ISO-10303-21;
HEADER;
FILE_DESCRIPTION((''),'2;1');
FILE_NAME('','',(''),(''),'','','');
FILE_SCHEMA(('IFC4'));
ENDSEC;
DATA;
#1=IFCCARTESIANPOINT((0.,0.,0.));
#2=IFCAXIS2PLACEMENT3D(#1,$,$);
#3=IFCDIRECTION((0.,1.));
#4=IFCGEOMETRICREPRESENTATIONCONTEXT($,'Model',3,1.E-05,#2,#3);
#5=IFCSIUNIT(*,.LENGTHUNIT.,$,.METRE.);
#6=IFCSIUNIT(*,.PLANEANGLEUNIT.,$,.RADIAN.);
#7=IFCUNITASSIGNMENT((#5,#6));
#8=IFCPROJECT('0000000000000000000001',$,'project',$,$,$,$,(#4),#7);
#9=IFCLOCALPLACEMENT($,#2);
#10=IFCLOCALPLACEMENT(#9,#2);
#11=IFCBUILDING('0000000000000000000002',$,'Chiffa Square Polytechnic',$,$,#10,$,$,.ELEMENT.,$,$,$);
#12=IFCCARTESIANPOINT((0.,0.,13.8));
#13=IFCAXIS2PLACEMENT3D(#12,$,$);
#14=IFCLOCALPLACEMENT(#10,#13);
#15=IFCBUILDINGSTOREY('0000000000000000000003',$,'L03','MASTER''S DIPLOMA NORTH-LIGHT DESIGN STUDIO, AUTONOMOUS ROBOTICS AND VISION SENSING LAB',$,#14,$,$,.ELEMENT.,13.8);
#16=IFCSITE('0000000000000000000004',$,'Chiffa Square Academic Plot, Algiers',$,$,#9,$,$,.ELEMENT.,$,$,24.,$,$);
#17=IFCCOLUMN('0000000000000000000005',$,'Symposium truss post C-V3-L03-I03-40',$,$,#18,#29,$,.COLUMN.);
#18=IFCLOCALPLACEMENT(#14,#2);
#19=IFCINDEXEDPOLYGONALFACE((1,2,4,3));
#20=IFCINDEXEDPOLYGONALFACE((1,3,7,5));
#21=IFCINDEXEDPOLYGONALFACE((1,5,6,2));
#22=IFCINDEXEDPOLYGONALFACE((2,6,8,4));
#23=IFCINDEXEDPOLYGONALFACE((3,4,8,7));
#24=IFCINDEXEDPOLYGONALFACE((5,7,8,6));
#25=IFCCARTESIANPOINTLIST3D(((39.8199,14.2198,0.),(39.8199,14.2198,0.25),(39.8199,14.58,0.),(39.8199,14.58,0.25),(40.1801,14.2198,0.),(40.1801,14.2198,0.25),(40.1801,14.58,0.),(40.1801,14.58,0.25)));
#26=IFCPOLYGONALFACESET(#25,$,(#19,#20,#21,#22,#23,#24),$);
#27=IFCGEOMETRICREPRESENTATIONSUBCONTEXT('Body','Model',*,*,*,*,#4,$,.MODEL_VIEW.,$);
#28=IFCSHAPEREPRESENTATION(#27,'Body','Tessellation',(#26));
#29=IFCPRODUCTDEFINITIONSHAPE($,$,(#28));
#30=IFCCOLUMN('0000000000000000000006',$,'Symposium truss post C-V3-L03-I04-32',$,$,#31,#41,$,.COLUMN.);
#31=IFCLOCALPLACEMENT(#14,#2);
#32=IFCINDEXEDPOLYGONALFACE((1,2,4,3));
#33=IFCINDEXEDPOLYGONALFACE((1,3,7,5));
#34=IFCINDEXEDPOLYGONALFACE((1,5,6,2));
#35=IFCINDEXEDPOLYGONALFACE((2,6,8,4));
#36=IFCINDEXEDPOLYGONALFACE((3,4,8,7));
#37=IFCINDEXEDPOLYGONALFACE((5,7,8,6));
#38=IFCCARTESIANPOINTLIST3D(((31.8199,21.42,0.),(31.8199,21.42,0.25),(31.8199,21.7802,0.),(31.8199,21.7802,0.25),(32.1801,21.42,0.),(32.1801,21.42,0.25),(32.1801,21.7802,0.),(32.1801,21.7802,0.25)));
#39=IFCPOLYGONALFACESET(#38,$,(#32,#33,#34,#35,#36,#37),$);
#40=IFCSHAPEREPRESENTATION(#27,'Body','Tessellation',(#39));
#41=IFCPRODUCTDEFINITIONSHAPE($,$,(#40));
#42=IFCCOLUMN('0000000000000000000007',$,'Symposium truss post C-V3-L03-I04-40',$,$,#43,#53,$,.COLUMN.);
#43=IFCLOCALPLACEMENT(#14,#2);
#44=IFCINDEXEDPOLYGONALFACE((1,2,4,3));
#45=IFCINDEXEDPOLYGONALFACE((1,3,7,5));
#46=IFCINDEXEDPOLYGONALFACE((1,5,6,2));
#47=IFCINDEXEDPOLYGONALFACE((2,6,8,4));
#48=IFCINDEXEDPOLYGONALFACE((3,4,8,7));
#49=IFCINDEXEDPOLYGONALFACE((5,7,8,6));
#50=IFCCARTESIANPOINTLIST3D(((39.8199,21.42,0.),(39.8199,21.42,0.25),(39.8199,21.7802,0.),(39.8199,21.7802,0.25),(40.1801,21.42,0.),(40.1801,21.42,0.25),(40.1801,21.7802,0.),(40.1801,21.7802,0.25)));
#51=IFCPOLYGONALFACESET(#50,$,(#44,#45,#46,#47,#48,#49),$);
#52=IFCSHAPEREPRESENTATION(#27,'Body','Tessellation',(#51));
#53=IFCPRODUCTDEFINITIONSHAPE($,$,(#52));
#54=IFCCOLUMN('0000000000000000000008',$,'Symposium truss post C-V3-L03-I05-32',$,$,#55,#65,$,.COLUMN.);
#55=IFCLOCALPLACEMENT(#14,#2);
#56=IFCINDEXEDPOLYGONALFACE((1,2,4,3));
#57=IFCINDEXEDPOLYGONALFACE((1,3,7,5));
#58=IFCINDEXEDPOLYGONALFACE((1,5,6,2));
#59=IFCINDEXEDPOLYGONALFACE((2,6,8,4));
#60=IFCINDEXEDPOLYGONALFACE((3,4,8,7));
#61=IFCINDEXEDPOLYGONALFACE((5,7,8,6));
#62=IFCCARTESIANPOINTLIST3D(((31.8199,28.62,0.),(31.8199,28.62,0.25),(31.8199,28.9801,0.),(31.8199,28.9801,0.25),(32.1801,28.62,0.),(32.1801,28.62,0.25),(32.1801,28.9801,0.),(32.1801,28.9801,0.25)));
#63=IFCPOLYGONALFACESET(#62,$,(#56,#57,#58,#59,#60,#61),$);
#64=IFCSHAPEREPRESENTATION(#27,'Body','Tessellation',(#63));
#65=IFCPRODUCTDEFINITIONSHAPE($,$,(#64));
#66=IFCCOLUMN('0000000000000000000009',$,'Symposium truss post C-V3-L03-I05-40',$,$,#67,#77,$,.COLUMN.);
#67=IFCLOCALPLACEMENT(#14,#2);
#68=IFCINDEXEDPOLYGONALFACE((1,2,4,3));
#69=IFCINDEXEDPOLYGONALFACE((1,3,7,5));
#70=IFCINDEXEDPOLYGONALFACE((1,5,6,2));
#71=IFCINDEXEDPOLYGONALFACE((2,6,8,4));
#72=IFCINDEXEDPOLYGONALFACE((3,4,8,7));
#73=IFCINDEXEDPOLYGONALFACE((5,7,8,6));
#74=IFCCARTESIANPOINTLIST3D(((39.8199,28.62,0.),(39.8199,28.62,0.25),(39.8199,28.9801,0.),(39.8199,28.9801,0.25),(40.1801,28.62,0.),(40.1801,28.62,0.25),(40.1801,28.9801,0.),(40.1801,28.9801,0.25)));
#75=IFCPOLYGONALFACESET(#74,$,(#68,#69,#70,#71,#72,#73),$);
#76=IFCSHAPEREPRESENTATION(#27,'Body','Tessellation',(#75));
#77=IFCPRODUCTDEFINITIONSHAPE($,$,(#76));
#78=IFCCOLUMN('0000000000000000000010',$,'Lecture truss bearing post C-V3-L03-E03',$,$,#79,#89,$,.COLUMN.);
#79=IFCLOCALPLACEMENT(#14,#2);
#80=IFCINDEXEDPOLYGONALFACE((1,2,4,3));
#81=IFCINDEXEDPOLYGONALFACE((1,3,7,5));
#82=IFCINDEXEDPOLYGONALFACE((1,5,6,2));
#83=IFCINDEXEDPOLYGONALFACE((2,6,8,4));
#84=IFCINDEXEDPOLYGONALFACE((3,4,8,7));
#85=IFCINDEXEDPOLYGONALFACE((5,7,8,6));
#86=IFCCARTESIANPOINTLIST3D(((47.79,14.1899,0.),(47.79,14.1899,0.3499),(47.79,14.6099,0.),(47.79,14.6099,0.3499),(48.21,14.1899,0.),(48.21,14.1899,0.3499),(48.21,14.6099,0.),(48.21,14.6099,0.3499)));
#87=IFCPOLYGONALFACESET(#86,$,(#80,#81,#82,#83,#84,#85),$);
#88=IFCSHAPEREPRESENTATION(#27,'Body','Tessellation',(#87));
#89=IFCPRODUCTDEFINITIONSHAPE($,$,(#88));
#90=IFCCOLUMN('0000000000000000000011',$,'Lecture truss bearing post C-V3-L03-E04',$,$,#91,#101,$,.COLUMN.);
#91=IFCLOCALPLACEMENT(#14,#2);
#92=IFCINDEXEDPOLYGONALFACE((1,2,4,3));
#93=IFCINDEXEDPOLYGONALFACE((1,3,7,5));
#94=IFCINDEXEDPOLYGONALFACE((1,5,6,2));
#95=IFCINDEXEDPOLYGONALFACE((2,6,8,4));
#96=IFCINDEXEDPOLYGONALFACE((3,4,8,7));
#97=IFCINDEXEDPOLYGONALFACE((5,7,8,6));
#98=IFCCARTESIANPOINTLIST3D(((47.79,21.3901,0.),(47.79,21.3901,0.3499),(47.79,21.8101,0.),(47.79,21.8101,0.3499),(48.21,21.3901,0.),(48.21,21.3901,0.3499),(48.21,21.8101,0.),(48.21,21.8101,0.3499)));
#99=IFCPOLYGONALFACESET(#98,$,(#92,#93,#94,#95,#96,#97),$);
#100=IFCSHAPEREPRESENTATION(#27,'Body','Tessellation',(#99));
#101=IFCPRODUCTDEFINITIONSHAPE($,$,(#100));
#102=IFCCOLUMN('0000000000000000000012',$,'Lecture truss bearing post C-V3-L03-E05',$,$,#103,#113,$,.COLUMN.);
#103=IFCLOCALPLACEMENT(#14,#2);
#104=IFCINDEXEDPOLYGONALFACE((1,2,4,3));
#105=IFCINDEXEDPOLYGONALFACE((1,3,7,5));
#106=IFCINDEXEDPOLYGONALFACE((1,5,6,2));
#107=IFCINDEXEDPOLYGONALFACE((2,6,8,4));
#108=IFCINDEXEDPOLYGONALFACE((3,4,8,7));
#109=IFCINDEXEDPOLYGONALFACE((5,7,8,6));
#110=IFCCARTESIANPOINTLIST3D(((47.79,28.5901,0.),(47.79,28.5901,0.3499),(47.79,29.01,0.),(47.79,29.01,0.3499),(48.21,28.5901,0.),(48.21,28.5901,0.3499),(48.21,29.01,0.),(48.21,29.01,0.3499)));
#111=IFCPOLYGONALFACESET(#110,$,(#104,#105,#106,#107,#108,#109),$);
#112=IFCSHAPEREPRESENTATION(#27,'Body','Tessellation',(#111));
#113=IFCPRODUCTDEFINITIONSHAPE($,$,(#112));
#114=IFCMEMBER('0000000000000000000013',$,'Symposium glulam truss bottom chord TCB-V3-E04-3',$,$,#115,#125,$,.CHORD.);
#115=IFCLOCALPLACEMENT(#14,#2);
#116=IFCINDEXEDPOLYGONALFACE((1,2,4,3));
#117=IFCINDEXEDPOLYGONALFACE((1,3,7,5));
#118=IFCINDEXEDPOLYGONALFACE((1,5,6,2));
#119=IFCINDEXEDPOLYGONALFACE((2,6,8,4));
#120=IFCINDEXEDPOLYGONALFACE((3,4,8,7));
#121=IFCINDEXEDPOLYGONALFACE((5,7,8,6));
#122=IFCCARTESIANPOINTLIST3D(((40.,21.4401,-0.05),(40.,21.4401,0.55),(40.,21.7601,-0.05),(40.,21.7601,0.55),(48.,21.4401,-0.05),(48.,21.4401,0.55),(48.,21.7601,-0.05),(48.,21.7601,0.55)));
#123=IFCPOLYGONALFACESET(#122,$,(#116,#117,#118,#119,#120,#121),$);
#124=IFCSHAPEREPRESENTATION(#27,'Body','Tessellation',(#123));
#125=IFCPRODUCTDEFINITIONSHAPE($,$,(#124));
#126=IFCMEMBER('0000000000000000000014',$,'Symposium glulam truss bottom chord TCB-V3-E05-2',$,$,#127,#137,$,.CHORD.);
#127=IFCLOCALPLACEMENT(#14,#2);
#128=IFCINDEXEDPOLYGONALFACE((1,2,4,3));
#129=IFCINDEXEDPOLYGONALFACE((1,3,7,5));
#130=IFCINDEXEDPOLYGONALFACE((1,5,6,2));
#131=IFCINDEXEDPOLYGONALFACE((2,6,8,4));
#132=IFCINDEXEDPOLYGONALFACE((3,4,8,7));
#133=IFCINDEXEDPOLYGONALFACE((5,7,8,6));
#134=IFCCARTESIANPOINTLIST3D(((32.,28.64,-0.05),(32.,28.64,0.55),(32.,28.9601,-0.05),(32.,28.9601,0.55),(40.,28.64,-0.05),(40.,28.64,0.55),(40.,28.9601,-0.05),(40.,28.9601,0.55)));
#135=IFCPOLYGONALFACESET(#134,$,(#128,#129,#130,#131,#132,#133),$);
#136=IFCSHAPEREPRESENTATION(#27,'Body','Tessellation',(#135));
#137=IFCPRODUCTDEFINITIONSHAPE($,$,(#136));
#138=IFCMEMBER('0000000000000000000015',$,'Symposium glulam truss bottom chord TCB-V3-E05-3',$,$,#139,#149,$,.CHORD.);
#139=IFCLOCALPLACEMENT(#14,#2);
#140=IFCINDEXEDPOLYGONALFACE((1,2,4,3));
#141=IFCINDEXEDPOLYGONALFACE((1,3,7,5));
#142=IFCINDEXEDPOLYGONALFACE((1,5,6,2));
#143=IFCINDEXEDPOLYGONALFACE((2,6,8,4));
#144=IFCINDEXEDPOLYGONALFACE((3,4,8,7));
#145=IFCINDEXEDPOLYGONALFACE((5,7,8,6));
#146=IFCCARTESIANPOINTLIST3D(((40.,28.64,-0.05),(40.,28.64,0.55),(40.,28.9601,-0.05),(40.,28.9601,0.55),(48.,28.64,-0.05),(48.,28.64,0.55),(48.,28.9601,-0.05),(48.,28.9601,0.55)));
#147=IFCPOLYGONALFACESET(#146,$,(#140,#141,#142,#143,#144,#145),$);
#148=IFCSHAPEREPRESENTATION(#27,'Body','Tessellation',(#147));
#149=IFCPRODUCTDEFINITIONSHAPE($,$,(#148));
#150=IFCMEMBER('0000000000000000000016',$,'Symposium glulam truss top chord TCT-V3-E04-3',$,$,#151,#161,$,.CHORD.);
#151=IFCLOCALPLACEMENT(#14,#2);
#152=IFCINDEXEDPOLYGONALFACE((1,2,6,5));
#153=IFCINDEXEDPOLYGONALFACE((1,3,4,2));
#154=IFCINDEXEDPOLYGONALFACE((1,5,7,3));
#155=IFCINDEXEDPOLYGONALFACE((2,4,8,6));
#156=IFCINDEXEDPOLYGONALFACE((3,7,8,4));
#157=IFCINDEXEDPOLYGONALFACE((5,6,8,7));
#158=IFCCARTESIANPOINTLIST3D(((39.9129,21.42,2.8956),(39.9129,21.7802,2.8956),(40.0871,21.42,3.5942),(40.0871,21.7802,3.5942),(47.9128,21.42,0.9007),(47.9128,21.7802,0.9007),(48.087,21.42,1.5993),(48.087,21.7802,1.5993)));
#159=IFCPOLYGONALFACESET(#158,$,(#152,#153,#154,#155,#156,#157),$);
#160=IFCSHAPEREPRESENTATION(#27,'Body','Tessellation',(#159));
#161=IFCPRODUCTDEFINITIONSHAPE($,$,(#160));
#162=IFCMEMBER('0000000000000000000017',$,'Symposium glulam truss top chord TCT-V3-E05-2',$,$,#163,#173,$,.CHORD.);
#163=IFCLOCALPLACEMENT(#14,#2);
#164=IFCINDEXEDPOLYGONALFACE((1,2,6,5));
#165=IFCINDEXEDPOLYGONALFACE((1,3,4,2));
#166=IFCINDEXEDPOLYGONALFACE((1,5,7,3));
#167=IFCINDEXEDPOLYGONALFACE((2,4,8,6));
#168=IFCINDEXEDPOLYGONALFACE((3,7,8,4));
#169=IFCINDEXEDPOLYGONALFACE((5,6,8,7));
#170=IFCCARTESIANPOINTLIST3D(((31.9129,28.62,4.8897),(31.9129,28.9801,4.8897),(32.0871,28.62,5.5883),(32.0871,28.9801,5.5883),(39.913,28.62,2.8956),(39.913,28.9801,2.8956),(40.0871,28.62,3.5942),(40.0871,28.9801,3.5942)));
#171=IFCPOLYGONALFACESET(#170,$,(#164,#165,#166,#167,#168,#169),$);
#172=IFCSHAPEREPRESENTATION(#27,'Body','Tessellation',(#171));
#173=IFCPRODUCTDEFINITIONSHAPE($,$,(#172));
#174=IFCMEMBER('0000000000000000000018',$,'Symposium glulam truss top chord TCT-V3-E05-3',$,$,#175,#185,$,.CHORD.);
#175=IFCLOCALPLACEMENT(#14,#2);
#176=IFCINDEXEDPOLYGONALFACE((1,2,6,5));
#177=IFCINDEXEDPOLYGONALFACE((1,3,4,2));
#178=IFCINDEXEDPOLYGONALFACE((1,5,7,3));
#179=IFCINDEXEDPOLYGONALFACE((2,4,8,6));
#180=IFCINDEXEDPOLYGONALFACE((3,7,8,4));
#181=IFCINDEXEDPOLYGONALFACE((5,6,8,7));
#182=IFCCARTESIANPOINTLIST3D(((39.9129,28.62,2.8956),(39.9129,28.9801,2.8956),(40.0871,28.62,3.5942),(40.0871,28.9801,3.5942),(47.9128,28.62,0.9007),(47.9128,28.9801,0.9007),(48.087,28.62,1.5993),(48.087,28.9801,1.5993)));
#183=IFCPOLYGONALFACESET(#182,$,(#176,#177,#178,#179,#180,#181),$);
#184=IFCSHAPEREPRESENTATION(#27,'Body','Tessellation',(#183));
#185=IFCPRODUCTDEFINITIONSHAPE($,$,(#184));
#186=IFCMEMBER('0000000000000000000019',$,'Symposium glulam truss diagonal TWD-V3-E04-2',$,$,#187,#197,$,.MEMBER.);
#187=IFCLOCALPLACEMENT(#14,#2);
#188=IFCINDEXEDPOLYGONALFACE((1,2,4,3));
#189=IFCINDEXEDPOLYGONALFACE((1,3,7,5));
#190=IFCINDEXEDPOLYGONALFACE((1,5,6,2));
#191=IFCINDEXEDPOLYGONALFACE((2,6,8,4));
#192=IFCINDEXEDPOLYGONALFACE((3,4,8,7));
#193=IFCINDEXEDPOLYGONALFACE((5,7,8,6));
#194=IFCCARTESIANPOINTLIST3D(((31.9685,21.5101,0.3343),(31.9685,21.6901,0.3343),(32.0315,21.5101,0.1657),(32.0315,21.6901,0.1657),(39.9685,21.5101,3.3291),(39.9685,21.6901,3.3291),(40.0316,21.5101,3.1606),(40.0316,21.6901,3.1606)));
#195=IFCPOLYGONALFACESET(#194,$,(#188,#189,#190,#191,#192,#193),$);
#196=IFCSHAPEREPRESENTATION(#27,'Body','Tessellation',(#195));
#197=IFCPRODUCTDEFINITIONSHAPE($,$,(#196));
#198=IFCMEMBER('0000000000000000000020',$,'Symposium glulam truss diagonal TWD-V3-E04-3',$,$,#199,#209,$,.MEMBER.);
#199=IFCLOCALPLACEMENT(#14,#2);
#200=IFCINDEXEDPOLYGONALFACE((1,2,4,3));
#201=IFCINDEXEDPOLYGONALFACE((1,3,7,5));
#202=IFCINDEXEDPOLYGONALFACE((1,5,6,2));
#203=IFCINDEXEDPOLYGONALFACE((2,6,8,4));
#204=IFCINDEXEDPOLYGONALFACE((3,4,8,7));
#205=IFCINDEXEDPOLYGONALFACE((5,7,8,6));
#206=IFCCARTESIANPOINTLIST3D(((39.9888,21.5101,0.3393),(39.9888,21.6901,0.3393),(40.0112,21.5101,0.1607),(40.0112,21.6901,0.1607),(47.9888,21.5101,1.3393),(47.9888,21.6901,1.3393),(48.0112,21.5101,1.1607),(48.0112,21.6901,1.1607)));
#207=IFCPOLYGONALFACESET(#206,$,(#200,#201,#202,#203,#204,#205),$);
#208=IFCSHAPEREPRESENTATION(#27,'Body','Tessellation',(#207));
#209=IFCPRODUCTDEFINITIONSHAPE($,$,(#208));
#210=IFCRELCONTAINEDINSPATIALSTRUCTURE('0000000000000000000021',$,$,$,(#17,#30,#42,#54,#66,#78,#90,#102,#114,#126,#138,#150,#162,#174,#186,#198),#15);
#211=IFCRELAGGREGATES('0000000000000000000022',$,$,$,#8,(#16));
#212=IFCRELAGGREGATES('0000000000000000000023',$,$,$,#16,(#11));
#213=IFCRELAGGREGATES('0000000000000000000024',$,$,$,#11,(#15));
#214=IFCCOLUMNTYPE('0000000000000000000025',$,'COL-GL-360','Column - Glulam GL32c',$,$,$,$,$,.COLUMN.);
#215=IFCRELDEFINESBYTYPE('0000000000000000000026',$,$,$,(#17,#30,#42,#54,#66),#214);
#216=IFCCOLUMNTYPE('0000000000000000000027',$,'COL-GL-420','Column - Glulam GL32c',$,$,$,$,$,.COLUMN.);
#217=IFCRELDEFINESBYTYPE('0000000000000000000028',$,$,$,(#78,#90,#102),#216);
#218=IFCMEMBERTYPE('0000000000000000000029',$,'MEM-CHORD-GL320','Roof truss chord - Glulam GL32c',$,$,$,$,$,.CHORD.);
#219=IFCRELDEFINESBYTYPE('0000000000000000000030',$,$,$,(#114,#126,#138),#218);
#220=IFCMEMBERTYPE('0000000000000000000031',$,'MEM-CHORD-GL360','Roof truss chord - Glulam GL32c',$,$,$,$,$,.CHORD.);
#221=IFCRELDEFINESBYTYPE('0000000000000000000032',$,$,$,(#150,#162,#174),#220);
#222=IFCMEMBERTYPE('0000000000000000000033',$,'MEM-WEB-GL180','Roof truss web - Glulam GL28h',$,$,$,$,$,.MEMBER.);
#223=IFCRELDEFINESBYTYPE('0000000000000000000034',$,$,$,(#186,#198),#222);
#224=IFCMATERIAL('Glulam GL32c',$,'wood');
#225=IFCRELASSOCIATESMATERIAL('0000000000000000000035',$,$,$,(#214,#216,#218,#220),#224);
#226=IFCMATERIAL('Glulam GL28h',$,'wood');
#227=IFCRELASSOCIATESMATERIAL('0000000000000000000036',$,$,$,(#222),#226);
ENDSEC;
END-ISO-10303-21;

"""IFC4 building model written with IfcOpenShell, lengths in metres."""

from ifc_helpers import new_model, si_unit, direction, frame, origin, origin_2d, place, context, subcontext, project, spatial, rectangle, extrude, material, material_profile, profile_set, type_object, element, save


model = new_model("IFC4")

# Units and contexts
model_context = context("Model", 3, precision=1e-05, world=origin(), true_north=direction((0.0, 1.0)))
body_context = subcontext(model_context, "Body", "Model", "MODEL_VIEW")
ifc_project = project(units=[si_unit("LENGTHUNIT", "METRE"), si_unit("PLANEANGLEUNIT", "RADIAN")], contexts=[model_context])

# Site, building, storey
site_placement = place(None, origin())
site = spatial("IfcSite", under=ifc_project, at=site_placement, Name="Chiffa Square Academic Plot, Algiers", CompositionType="ELEMENT", RefElevation=24.0)
building_placement = place(site_placement, origin())
building = spatial("IfcBuilding", under=site, at=building_placement, Name="Chiffa Square Polytechnic", CompositionType="ELEMENT")
storey_placement = place(building_placement, frame((0.0, 0.0, 13.8)))
storey = spatial("IfcBuildingStorey", under=building, at=storey_placement, Name="L03", Description="MASTER'S DIPLOMA NORTH-LIGHT DESIGN STUDIO, AUTONOMOUS ROBOTICS AND VISION SENSING LAB", CompositionType="ELEMENT", Elevation=13.8)

# Columns
ifc_material_1 = material(Name="Glulam GL32c", Category="wood")
ifc_material_profile_1 = material_profile(ifc_material_1, rectangle(XDim=0.3601, YDim=0.3601, at=origin_2d()), Name="GL32c 360x360")
ifc_profile_set_1 = profile_set([ifc_material_profile_1], Name="Glulam GL32c")
column_type_1 = type_object("IfcColumnType", Name="COL-GL-360", Description="Column - Glulam GL32c", PredefinedType="COLUMN", material=ifc_profile_set_1)
for number, where, z_axis, x_axis, name in (
    (1, (40.0, 14.3999, 0.0), (0.0, 0.0, 1.0), (1.0, 0.0, 0.0), "Symposium truss post C-V3-L03-I03-40"),
    (2, (32.0, 21.6001, 0.0), (0.0, 0.0, 1.0), (1.0, 0.0, 0.0), "Symposium truss post C-V3-L03-I04-32"),
    (3, (40.0, 21.6001, 0.0), (0.0, 0.0, 1.0), (1.0, 0.0, 0.0), "Symposium truss post C-V3-L03-I04-40"),
    (4, (32.0, 28.8, 0.0), (0.0, 0.0, 1.0), (1.0, 0.0, 0.0), "Symposium truss post C-V3-L03-I05-32"),
    (5, (40.0, 28.8, 0.0), (0.0, 0.0, 1.0), (1.0, 0.0, 0.0), "Symposium truss post C-V3-L03-I05-40"),
):
    element("IfcColumn", number, at=place(storey_placement, frame(where, z_axis=z_axis, x_axis=x_axis)), inside=storey, type_object=column_type_1, Name=name, PredefinedType="COLUMN", context=body_context, shape_type="SweptSolid", body=[
        extrude(rectangle(XDim=0.3601, YDim=0.3601, at=origin_2d()), origin(), (0.0, 0.0, 1.0), 0.25),
    ])
ifc_material_profile_2 = material_profile(ifc_material_1, rectangle(XDim=0.4199, YDim=0.4199, at=origin_2d()), Name="GL32c 420x420")
ifc_profile_set_2 = profile_set([ifc_material_profile_2], Name="Glulam GL32c")
column_type_2 = type_object("IfcColumnType", Name="COL-GL-420", Description="Column - Glulam GL32c", PredefinedType="COLUMN", material=ifc_profile_set_2)
for number, where, z_axis, x_axis, name in (
    (6, (48.0, 14.3999, 0.0), (0.0, 0.0, 1.0), (1.0, 0.0, 0.0), "Lecture truss bearing post C-V3-L03-E03"),
    (7, (48.0, 21.6001, 0.0), (0.0, 0.0, 1.0), (1.0, 0.0, 0.0), "Lecture truss bearing post C-V3-L03-E04"),
    (8, (48.0, 28.8, 0.0), (0.0, 0.0, 1.0), (1.0, 0.0, 0.0), "Lecture truss bearing post C-V3-L03-E05"),
):
    element("IfcColumn", number, at=place(storey_placement, frame(where, z_axis=z_axis, x_axis=x_axis)), inside=storey, type_object=column_type_2, Name=name, PredefinedType="COLUMN", context=body_context, shape_type="SweptSolid", body=[
        extrude(rectangle(XDim=0.4199, YDim=0.4199, at=origin_2d()), origin(), (0.0, 0.0, 1.0), 0.3499),
    ])

# Members
ifc_material_profile_3 = material_profile(ifc_material_1, rectangle(XDim=0.3201, YDim=0.6001, at=origin_2d()), Name="GL32c 320x600")
ifc_profile_set_3 = profile_set([ifc_material_profile_3], Name="Glulam GL32c")
member_type_1 = type_object("IfcMemberType", Name="MEM-CHORD-GL320", Description="Roof truss chord - Glulam GL32c", PredefinedType="CHORD", material=ifc_profile_set_3)
for number, where, z_axis, x_axis, name in (
    (9, (40.0, 21.6001, 0.25), (1.0, 0.0, 0.0), (0.0, 1.0, 0.0), "Symposium glulam truss bottom chord TCB-V3-E04-3"),
    (10, (32.0, 28.8, 0.25), (1.0, 0.0, 0.0), (0.0, 1.0, 0.0), "Symposium glulam truss bottom chord TCB-V3-E05-2"),
    (11, (40.0, 28.8, 0.25), (1.0, 0.0, 0.0), (0.0, 1.0, 0.0), "Symposium glulam truss bottom chord TCB-V3-E05-3"),
):
    element("IfcMember", number, at=place(storey_placement, frame(where, z_axis=z_axis, x_axis=x_axis)), inside=storey, type_object=member_type_1, Name=name, PredefinedType="CHORD", context=body_context, shape_type="SweptSolid", body=[
        extrude(rectangle(XDim=0.3201, YDim=0.6001, at=origin_2d()), origin(), (0.0, 0.0, 1.0), 8.0),
    ])
ifc_material_profile_4 = material_profile(ifc_material_1, rectangle(XDim=0.3601, YDim=0.72, at=origin_2d()), Name="GL32c 360x720")
ifc_profile_set_4 = profile_set([ifc_material_profile_4], Name="Glulam GL32c")
member_type_2 = type_object("IfcMemberType", Name="MEM-CHORD-GL360", Description="Roof truss chord - Glulam GL32c", PredefinedType="CHORD", material=ifc_profile_set_4)
for number, where, z_axis, x_axis, name in (
    (12, (40.0, 21.6001, 3.2449), (0.970289, 0.0, -0.24195), (0.0, 1.0, 0.0), "Symposium glulam truss top chord TCT-V3-E04-3"),
    (13, (32.0, 28.8, 5.239), (0.970309, 0.0, -0.241867), (0.0, 1.0, 0.0), "Symposium glulam truss top chord TCT-V3-E05-2"),
    (14, (40.0, 28.8, 3.2449), (0.970289, 0.0, -0.24195), (0.0, 1.0, 0.0), "Symposium glulam truss top chord TCT-V3-E05-3"),
):
    element("IfcMember", number, at=place(storey_placement, frame(where, z_axis=z_axis, x_axis=x_axis)), inside=storey, type_object=member_type_2, Name=name, PredefinedType="CHORD", context=body_context, shape_type="SweptSolid", body=[
        extrude(rectangle(XDim=0.3601, YDim=0.72, at=origin_2d()), origin(), (0.0, 0.0, 1.0), 8.2449),
    ])
ifc_material_2 = material(Name="Glulam GL28h", Category="wood")
ifc_material_profile_5 = material_profile(ifc_material_2, rectangle(XDim=0.1799, YDim=0.1799, at=origin_2d()), Name="GL28h 180x180")
ifc_profile_set_5 = profile_set([ifc_material_profile_5], Name="Glulam GL28h")
member_type_3 = type_object("IfcMemberType", Name="MEM-WEB-GL180", Description="Roof truss web - Glulam GL28h", PredefinedType="MEMBER", material=ifc_profile_set_5)
member_1_placement = place(storey_placement, frame((32.0, 21.6001, 0.25), z_axis=(0.936526, 0.0, 0.350597), x_axis=(0.0, 1.0, 0.0)))
element("IfcMember", 15, at=member_1_placement, inside=storey, type_object=member_type_3, Name="Symposium glulam truss diagonal TWD-V3-E04-2", PredefinedType="MEMBER", context=body_context, shape_type="SweptSolid", body=[
    extrude(rectangle(XDim=0.1799, YDim=0.1799, at=origin_2d()), origin(), (0.0, 0.0, 1.0), 8.5422),
])
member_2_placement = place(storey_placement, frame((40.0, 21.6001, 0.25), z_axis=(0.992278, 0.0, 0.124035), x_axis=(0.0, 1.0, 0.0)))
element("IfcMember", 16, at=member_2_placement, inside=storey, type_object=member_type_3, Name="Symposium glulam truss diagonal TWD-V3-E04-3", PredefinedType="MEMBER", context=body_context, shape_type="SweptSolid", body=[
    extrude(rectangle(XDim=0.1799, YDim=0.1799, at=origin_2d()), origin(), (0.0, 0.0, 1.0), 8.0623),
])

save(model, "model.ifc")
